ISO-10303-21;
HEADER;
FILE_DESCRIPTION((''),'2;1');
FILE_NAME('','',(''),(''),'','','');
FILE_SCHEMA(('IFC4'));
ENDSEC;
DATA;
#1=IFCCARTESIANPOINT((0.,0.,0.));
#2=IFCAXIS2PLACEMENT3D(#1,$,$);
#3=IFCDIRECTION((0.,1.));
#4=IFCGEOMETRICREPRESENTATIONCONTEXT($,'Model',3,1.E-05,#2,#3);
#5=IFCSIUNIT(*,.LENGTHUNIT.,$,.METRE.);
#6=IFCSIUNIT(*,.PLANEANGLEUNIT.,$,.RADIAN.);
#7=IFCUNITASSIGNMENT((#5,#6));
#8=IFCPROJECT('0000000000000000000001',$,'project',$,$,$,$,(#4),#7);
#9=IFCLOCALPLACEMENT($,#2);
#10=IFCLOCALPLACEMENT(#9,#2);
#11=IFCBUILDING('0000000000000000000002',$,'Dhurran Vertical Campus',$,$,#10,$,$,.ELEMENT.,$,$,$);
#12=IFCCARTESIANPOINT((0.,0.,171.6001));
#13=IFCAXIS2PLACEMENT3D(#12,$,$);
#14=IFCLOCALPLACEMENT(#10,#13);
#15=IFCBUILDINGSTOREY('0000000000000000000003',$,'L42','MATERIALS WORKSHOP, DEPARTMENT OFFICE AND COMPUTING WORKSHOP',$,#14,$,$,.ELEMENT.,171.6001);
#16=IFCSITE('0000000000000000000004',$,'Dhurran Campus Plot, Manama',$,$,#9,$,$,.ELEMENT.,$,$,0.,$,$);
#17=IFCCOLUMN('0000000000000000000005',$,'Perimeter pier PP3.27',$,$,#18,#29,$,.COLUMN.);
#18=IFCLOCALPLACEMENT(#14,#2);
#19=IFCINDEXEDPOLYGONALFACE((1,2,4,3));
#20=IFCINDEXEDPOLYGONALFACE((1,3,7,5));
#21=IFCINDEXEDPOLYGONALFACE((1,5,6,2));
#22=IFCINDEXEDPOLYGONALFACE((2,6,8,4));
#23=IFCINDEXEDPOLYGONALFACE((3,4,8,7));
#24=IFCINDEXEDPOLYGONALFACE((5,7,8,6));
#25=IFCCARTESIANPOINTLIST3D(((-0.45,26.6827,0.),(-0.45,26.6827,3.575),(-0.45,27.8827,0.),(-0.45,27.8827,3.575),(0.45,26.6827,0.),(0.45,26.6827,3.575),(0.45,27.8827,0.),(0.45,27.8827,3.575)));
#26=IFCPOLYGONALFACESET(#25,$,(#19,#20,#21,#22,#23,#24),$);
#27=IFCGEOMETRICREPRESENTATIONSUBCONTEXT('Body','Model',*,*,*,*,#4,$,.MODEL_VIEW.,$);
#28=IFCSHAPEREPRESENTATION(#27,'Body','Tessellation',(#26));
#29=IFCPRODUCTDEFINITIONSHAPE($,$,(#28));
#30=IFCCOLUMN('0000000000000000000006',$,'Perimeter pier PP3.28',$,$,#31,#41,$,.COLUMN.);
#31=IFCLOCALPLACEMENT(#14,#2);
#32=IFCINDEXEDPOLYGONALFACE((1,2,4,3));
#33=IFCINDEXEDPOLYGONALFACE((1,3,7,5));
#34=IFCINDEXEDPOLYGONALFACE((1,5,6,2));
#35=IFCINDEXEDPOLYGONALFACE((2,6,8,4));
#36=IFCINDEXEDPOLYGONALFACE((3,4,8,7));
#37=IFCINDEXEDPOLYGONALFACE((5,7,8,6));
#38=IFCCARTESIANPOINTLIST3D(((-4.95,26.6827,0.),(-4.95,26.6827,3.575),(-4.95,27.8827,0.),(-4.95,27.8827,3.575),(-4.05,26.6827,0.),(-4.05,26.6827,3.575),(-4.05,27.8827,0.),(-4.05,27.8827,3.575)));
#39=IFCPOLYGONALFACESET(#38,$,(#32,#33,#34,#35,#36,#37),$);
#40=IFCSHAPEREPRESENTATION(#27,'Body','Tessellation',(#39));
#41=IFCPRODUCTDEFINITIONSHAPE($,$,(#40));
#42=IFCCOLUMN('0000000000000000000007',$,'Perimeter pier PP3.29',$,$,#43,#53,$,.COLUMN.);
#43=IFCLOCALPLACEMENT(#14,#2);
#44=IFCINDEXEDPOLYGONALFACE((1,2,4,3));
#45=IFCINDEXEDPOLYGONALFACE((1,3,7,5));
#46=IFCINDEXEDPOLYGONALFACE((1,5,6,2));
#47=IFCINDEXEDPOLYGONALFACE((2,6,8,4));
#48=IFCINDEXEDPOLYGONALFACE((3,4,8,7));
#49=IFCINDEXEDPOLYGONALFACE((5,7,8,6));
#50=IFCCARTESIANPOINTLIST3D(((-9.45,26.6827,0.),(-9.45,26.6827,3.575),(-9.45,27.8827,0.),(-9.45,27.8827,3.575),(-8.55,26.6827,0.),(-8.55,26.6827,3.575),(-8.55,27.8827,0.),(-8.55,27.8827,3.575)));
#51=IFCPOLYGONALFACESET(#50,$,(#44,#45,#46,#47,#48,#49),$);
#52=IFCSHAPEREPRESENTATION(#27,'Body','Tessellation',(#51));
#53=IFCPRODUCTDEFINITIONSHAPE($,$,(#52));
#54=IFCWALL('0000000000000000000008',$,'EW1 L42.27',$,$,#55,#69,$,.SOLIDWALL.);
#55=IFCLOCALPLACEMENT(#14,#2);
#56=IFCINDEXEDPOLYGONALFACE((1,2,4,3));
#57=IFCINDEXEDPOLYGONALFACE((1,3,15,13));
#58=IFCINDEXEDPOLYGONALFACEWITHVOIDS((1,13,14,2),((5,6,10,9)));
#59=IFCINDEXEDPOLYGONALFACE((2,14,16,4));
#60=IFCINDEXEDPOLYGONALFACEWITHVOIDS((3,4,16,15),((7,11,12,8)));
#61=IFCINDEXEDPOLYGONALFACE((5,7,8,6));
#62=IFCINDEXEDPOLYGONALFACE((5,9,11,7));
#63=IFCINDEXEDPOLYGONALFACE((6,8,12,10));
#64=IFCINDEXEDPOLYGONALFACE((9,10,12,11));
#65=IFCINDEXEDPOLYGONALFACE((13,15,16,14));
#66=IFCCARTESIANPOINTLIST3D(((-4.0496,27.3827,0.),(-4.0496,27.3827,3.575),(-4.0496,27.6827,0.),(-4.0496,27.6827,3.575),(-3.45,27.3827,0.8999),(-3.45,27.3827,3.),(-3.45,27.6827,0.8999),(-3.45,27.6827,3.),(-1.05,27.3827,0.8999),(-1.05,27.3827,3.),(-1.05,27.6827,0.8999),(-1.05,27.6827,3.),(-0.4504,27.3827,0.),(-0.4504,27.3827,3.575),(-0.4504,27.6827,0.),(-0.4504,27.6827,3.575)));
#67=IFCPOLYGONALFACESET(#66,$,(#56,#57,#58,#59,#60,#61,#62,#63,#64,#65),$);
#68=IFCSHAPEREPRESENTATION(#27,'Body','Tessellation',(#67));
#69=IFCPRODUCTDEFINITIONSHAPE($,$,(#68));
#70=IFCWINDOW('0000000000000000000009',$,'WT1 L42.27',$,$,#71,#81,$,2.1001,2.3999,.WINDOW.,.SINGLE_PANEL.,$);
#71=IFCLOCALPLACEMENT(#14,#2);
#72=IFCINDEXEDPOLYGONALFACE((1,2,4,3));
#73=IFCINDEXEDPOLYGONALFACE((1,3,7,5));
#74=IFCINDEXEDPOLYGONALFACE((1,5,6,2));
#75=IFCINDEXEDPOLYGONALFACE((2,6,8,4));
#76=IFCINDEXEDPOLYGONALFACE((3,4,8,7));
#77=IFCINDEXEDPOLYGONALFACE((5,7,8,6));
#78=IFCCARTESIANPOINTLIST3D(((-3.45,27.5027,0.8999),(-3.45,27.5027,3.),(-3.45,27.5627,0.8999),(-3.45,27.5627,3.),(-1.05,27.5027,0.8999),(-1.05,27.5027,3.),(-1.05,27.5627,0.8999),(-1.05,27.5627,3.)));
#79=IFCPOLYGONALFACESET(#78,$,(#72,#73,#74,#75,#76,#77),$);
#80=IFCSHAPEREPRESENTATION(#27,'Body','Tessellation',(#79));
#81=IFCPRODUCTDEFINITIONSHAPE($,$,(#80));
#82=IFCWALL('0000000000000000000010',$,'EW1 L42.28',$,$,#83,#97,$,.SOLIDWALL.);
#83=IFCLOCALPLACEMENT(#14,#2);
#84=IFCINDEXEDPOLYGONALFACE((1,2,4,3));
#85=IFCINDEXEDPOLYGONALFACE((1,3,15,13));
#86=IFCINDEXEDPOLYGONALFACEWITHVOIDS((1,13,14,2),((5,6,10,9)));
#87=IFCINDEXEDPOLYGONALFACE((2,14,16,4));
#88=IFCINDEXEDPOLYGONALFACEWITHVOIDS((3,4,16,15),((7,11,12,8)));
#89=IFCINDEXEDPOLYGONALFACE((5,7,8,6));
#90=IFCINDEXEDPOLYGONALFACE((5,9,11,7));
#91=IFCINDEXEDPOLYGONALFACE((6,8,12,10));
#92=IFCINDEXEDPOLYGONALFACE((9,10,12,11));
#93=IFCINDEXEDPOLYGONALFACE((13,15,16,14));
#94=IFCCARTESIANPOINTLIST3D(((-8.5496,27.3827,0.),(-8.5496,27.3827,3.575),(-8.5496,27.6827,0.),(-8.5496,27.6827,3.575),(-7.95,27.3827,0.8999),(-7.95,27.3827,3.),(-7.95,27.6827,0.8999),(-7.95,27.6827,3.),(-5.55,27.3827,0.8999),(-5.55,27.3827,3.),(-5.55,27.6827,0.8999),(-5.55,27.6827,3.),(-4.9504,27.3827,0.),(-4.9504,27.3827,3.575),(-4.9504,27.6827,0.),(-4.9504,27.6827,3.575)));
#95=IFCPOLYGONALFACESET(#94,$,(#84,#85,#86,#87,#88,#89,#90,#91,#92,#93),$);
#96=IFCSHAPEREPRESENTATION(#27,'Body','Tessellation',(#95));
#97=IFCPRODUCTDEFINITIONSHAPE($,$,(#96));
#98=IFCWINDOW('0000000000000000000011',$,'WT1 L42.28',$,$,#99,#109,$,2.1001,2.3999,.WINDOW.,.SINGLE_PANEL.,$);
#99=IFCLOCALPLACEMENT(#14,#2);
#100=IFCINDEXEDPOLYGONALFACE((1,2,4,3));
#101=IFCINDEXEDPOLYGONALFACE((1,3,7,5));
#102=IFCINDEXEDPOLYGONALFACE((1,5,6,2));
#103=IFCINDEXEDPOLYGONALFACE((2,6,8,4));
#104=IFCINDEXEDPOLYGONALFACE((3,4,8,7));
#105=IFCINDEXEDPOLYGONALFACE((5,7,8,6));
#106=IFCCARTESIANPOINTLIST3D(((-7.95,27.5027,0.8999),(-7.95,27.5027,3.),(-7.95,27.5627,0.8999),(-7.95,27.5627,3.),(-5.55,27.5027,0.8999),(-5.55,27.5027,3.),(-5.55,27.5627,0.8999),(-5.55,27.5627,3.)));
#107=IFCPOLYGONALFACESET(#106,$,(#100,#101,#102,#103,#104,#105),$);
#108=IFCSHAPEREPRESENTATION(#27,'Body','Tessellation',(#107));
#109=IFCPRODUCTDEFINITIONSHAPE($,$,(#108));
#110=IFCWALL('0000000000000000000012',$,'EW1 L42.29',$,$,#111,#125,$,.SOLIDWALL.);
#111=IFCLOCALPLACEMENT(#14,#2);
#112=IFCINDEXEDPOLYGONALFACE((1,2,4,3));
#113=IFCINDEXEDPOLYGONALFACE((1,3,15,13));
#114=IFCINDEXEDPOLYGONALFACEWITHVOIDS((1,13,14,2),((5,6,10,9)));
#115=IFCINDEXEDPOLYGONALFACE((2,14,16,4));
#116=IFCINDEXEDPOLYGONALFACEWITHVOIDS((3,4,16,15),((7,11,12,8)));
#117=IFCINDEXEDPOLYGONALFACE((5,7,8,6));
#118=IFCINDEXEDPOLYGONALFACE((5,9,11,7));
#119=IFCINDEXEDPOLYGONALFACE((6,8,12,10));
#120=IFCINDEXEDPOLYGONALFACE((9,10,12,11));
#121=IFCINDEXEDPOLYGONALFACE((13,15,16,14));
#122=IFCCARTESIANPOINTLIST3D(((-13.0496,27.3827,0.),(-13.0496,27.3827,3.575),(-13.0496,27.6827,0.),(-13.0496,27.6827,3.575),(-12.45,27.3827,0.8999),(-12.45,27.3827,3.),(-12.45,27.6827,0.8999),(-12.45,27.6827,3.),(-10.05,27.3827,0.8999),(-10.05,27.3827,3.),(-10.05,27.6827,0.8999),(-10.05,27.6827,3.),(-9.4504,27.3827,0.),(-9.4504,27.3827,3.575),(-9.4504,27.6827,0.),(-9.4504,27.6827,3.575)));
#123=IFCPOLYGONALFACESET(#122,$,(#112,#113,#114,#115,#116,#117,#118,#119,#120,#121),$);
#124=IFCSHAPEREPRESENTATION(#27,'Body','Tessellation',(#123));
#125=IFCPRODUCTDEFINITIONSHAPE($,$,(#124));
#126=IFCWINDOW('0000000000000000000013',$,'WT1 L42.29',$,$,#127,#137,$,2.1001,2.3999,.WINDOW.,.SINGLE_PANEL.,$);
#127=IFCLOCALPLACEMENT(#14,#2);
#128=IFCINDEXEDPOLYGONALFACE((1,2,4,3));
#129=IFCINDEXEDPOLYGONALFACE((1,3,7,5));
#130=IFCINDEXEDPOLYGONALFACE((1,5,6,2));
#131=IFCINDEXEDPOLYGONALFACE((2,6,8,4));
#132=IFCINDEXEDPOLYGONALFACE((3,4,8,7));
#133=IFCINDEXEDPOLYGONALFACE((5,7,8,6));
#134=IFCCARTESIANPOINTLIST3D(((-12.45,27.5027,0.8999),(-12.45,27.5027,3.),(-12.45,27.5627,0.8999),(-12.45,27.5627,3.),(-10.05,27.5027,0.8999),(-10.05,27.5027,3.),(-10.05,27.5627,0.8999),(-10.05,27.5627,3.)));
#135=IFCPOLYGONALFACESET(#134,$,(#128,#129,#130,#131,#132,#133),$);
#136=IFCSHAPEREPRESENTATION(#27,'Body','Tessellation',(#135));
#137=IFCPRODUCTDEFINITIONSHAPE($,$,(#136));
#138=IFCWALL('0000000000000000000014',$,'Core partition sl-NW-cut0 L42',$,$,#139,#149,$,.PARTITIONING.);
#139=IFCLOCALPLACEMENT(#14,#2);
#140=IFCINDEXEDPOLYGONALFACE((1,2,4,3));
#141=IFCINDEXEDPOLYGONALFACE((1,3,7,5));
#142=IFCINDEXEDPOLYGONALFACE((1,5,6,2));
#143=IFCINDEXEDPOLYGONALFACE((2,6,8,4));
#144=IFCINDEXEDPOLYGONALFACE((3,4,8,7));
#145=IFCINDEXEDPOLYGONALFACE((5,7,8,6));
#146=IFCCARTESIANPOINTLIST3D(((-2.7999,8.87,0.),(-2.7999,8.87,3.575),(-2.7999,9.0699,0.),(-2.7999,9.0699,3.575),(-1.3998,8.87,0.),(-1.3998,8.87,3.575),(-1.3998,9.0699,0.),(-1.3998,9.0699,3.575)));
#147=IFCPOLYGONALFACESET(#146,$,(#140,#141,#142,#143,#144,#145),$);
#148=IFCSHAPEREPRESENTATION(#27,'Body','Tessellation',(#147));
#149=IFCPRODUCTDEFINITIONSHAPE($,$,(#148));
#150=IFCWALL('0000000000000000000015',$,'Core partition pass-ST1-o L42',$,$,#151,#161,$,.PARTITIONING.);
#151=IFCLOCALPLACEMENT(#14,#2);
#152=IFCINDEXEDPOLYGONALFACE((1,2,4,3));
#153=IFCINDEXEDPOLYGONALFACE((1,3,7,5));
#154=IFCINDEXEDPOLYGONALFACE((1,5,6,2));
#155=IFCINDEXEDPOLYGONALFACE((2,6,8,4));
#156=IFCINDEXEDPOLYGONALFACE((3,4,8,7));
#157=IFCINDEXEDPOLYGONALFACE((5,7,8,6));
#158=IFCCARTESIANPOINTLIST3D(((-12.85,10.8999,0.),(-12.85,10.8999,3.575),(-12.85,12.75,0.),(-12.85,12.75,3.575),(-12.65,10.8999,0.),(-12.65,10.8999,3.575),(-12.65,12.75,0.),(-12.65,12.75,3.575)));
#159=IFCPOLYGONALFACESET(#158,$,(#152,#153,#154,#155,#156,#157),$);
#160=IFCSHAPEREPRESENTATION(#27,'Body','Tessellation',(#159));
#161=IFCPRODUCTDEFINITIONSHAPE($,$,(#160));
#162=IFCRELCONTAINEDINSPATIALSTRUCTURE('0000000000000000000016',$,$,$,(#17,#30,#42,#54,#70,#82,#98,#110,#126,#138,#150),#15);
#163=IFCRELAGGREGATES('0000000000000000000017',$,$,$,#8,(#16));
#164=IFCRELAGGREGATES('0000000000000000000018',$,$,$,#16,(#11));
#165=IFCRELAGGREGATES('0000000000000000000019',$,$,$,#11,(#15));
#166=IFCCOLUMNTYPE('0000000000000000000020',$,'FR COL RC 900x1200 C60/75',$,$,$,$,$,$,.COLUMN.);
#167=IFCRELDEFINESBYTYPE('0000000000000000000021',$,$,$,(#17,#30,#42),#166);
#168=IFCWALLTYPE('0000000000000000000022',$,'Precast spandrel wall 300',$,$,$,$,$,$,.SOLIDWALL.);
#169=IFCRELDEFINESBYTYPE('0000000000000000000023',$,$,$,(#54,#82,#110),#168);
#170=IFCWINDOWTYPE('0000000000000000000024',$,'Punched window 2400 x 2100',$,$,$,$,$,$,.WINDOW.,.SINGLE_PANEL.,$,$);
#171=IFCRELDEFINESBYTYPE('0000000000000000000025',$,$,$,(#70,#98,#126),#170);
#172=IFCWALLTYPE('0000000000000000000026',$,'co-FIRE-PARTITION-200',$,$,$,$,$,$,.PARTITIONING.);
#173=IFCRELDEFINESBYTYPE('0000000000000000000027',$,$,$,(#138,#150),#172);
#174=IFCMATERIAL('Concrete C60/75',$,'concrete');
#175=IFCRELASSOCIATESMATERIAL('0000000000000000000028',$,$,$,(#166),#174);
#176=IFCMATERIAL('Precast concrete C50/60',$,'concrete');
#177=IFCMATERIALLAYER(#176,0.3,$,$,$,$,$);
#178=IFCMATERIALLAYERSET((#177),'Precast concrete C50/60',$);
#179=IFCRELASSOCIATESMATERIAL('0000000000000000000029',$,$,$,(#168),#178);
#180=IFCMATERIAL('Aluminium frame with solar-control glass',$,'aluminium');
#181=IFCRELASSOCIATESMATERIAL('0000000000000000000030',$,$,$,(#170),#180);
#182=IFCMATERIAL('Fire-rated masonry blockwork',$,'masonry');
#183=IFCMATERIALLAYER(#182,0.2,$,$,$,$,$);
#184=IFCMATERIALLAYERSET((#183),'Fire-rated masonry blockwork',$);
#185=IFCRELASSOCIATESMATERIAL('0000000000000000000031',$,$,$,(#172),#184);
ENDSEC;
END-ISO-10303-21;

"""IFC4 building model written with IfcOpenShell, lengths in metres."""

from ifc_helpers import new_model, si_unit, direction, frame, frame_2d, origin, origin_2d, place, context, subcontext, project, spatial, rectangle, extrude, material, layer, layer_set, material_profile, profile_set, type_object, element, fill, save


model = new_model("IFC4")

# Units and contexts
model_context = context("Model", 3, precision=1e-05, world=origin(), true_north=direction((0.0, 1.0)))
body_context = subcontext(model_context, "Body", "Model", "MODEL_VIEW")
ifc_project = project(units=[si_unit("LENGTHUNIT", "METRE"), si_unit("PLANEANGLEUNIT", "RADIAN")], contexts=[model_context])

# Site, building, storey
site_placement = place(None, origin())
site = spatial("IfcSite", under=ifc_project, at=site_placement, Name="Dhurran Campus Plot, Manama", CompositionType="ELEMENT", RefElevation=0.0)
building_placement = place(site_placement, origin())
building = spatial("IfcBuilding", under=site, at=building_placement, Name="Dhurran Vertical Campus", CompositionType="ELEMENT")
storey_placement = place(building_placement, frame((0.0, 0.0, 171.6001)))
storey = spatial("IfcBuildingStorey", under=building, at=storey_placement, Name="L42", Description="MATERIALS WORKSHOP, DEPARTMENT OFFICE AND COMPUTING WORKSHOP", CompositionType="ELEMENT", Elevation=171.6001)

# Columns
ifc_material_1 = material(Name="Concrete C60/75", Category="concrete")
ifc_material_profile = material_profile(ifc_material_1, rectangle(XDim=0.8999, YDim=1.2, at=origin_2d()), Name="RC 900x1200")
ifc_profile_set = profile_set([ifc_material_profile], Name="Concrete C60/75")
column_type = type_object("IfcColumnType", Name="FR COL RC 900x1200 C60/75", PredefinedType="COLUMN", material=ifc_profile_set)
for number, where, z_axis, x_axis, name in (
    (1, (0.0, 27.2827, 0.0), (0.0, 0.0, 1.0), (-1.0, 0.0, 0.0), "Perimeter pier PP3.27"),
    (2, (-4.5, 27.2827, 0.0), (0.0, 0.0, 1.0), (-1.0, 0.0, 0.0), "Perimeter pier PP3.28"),
    (3, (-9.0, 27.2827, 0.0), (0.0, 0.0, 1.0), (-1.0, 0.0, 0.0), "Perimeter pier PP3.29"),
):
    element("IfcColumn", number, at=place(storey_placement, frame(where, z_axis=z_axis, x_axis=x_axis)), inside=storey, type_object=column_type, Name=name, PredefinedType="COLUMN", context=body_context, shape_type="SweptSolid", body=[
        extrude(rectangle(XDim=0.8999, YDim=1.2, at=origin_2d()), origin(), (0.0, 0.0, 1.0), 3.575),
    ])

# Walls, openings, windows
ifc_material_2 = material(Name="Precast concrete C50/60", Category="concrete")
ifc_layer_1 = layer(ifc_material_2, 0.3)
ifc_layer_set_1 = layer_set([ifc_layer_1], Name="Precast concrete C50/60")
wall_type_1 = type_object("IfcWallType", Name="Precast spandrel wall 300", PredefinedType="SOLIDWALL", material=ifc_layer_set_1)
wall_1_placement = place(storey_placement, frame((-0.4504, 27.5327, 0.0), z_axis=(0.0, 0.0, 1.0), x_axis=(-1.0, 0.0, 0.0)))
wall_1 = element("IfcWall", 4, at=wall_1_placement, inside=storey, type_object=wall_type_1, Name="EW1 L42.27", PredefinedType="SOLIDWALL", context=body_context, shape_type="SweptSolid", body=[
    extrude(rectangle(XDim=3.5991, YDim=0.3, at=frame_2d((1.7996, 0.0))), origin(), (0.0, 0.0, 1.0), 3.575),
])
opening_1_placement = place(wall_1_placement, frame((0.5996, 0.0, 0.8999)))
opening_1 = element("IfcOpeningElement", 5, at=opening_1_placement, cuts=wall_1, PredefinedType="OPENING", context=body_context, shape_type="SweptSolid", body=[
    extrude(rectangle(XDim=2.3999, YDim=2.1001, at=frame_2d((1.2, 1.05))), frame((0.0, 0.1599, 0.0), z_axis=(0.0, -1.0, 0.0), x_axis=(1.0, 0.0, 0.0)), (0.0, 0.0, 1.0), 0.3201),
])
ifc_material_3 = material(Name="Aluminium frame with solar-control glass", Category="aluminium")
window_type = type_object("IfcWindowType", Name="Punched window 2400 x 2100", PartitioningType="SINGLE_PANEL", PredefinedType="WINDOW", material=ifc_material_3)
window_1_placement = place(opening_1_placement, origin())
window_1 = element("IfcWindow", 6, at=window_1_placement, inside=storey, type_object=window_type, Name="WT1 L42.27", OverallHeight=2.1001, OverallWidth=2.3999, PartitioningType="SINGLE_PANEL", PredefinedType="WINDOW", context=body_context, shape_type="SweptSolid", body=[
    extrude(rectangle(XDim=2.3999, YDim=2.1001, at=frame_2d((1.2, 1.05))), frame((0.0, 0.03, 0.0), z_axis=(0.0, -1.0, 0.0), x_axis=(1.0, 0.0, 0.0)), (0.0, 0.0, 1.0), 0.0601),
])
fill(opening_1, window_1)
wall_2_placement = place(storey_placement, frame((-4.9504, 27.5327, 0.0), z_axis=(0.0, 0.0, 1.0), x_axis=(-1.0, 0.0, 0.0)))
wall_2 = element("IfcWall", 7, at=wall_2_placement, inside=storey, type_object=wall_type_1, Name="EW1 L42.28", PredefinedType="SOLIDWALL", context=body_context, shape_type="SweptSolid", body=[
    extrude(rectangle(XDim=3.5991, YDim=0.3, at=frame_2d((1.7996, 0.0))), origin(), (0.0, 0.0, 1.0), 3.575),
])
opening_2_placement = place(wall_2_placement, frame((0.5996, 0.0, 0.8999)))
opening_2 = element("IfcOpeningElement", 8, at=opening_2_placement, cuts=wall_2, PredefinedType="OPENING", context=body_context, shape_type="SweptSolid", body=[
    extrude(rectangle(XDim=2.3999, YDim=2.1001, at=frame_2d((1.2, 1.05))), frame((0.0, 0.1599, 0.0), z_axis=(0.0, -1.0, 0.0), x_axis=(1.0, 0.0, 0.0)), (0.0, 0.0, 1.0), 0.3201),
])
window_2_placement = place(opening_2_placement, origin())
window_2 = element("IfcWindow", 9, at=window_2_placement, inside=storey, type_object=window_type, Name="WT1 L42.28", OverallHeight=2.1001, OverallWidth=2.3999, PartitioningType="SINGLE_PANEL", PredefinedType="WINDOW", context=body_context, shape_type="SweptSolid", body=[
    extrude(rectangle(XDim=2.3999, YDim=2.1001, at=frame_2d((1.2, 1.05))), frame((0.0, 0.03, 0.0), z_axis=(0.0, -1.0, 0.0), x_axis=(1.0, 0.0, 0.0)), (0.0, 0.0, 1.0), 0.0601),
])
fill(opening_2, window_2)
wall_3_placement = place(storey_placement, frame((-9.4504, 27.5327, 0.0), z_axis=(0.0, 0.0, 1.0), x_axis=(-1.0, 0.0, 0.0)))
wall_3 = element("IfcWall", 10, at=wall_3_placement, inside=storey, type_object=wall_type_1, Name="EW1 L42.29", PredefinedType="SOLIDWALL", context=body_context, shape_type="SweptSolid", body=[
    extrude(rectangle(XDim=3.5991, YDim=0.3, at=frame_2d((1.7996, 0.0))), origin(), (0.0, 0.0, 1.0), 3.575),
])
opening_3_placement = place(wall_3_placement, frame((0.5996, 0.0, 0.8999)))
opening_3 = element("IfcOpeningElement", 11, at=opening_3_placement, cuts=wall_3, PredefinedType="OPENING", context=body_context, shape_type="SweptSolid", body=[
    extrude(rectangle(XDim=2.3999, YDim=2.1001, at=frame_2d((1.2, 1.05))), frame((0.0, 0.1599, 0.0), z_axis=(0.0, -1.0, 0.0), x_axis=(1.0, 0.0, 0.0)), (0.0, 0.0, 1.0), 0.3201),
])
window_3_placement = place(opening_3_placement, origin())
window_3 = element("IfcWindow", 12, at=window_3_placement, inside=storey, type_object=window_type, Name="WT1 L42.29", OverallHeight=2.1001, OverallWidth=2.3999, PartitioningType="SINGLE_PANEL", PredefinedType="WINDOW", context=body_context, shape_type="SweptSolid", body=[
    extrude(rectangle(XDim=2.3999, YDim=2.1001, at=frame_2d((1.2, 1.05))), frame((0.0, 0.03, 0.0), z_axis=(0.0, -1.0, 0.0), x_axis=(1.0, 0.0, 0.0)), (0.0, 0.0, 1.0), 0.0601),
])
fill(opening_3, window_3)

# Walls
ifc_material_4 = material(Name="Fire-rated masonry blockwork", Category="masonry")
ifc_layer_2 = layer(ifc_material_4, 0.2)
ifc_layer_set_2 = layer_set([ifc_layer_2], Name="Fire-rated masonry blockwork")
wall_type_2 = type_object("IfcWallType", Name="co-FIRE-PARTITION-200", PredefinedType="PARTITIONING", material=ifc_layer_set_2)
wall_4_placement = place(storey_placement, frame((-2.8, 8.97, 0.0), z_axis=(0.0, 0.0, 1.0), x_axis=(1.0, 0.0, 0.0)))
element("IfcWall", 13, at=wall_4_placement, inside=storey, type_object=wall_type_2, Name="Core partition sl-NW-cut0 L42", PredefinedType="PARTITIONING", context=body_context, shape_type="SweptSolid", body=[
    extrude(rectangle(XDim=1.4001, YDim=0.2, at=frame_2d((0.7002, 0.0))), origin(), (0.0, 0.0, 1.0), 3.575),
])
wall_5_placement = place(storey_placement, frame((-12.75, 10.8999, 0.0), z_axis=(0.0, 0.0, 1.0), x_axis=(0.0, 1.0, 0.0)))
element("IfcWall", 14, at=wall_5_placement, inside=storey, type_object=wall_type_2, Name="Core partition pass-ST1-o L42", PredefinedType="PARTITIONING", context=body_context, shape_type="SweptSolid", body=[
    extrude(rectangle(XDim=1.8501, YDim=0.2, at=frame_2d((0.925, 0.0))), origin(), (0.0, 0.0, 1.0), 3.575),
])

save(model, "model.ifc")
